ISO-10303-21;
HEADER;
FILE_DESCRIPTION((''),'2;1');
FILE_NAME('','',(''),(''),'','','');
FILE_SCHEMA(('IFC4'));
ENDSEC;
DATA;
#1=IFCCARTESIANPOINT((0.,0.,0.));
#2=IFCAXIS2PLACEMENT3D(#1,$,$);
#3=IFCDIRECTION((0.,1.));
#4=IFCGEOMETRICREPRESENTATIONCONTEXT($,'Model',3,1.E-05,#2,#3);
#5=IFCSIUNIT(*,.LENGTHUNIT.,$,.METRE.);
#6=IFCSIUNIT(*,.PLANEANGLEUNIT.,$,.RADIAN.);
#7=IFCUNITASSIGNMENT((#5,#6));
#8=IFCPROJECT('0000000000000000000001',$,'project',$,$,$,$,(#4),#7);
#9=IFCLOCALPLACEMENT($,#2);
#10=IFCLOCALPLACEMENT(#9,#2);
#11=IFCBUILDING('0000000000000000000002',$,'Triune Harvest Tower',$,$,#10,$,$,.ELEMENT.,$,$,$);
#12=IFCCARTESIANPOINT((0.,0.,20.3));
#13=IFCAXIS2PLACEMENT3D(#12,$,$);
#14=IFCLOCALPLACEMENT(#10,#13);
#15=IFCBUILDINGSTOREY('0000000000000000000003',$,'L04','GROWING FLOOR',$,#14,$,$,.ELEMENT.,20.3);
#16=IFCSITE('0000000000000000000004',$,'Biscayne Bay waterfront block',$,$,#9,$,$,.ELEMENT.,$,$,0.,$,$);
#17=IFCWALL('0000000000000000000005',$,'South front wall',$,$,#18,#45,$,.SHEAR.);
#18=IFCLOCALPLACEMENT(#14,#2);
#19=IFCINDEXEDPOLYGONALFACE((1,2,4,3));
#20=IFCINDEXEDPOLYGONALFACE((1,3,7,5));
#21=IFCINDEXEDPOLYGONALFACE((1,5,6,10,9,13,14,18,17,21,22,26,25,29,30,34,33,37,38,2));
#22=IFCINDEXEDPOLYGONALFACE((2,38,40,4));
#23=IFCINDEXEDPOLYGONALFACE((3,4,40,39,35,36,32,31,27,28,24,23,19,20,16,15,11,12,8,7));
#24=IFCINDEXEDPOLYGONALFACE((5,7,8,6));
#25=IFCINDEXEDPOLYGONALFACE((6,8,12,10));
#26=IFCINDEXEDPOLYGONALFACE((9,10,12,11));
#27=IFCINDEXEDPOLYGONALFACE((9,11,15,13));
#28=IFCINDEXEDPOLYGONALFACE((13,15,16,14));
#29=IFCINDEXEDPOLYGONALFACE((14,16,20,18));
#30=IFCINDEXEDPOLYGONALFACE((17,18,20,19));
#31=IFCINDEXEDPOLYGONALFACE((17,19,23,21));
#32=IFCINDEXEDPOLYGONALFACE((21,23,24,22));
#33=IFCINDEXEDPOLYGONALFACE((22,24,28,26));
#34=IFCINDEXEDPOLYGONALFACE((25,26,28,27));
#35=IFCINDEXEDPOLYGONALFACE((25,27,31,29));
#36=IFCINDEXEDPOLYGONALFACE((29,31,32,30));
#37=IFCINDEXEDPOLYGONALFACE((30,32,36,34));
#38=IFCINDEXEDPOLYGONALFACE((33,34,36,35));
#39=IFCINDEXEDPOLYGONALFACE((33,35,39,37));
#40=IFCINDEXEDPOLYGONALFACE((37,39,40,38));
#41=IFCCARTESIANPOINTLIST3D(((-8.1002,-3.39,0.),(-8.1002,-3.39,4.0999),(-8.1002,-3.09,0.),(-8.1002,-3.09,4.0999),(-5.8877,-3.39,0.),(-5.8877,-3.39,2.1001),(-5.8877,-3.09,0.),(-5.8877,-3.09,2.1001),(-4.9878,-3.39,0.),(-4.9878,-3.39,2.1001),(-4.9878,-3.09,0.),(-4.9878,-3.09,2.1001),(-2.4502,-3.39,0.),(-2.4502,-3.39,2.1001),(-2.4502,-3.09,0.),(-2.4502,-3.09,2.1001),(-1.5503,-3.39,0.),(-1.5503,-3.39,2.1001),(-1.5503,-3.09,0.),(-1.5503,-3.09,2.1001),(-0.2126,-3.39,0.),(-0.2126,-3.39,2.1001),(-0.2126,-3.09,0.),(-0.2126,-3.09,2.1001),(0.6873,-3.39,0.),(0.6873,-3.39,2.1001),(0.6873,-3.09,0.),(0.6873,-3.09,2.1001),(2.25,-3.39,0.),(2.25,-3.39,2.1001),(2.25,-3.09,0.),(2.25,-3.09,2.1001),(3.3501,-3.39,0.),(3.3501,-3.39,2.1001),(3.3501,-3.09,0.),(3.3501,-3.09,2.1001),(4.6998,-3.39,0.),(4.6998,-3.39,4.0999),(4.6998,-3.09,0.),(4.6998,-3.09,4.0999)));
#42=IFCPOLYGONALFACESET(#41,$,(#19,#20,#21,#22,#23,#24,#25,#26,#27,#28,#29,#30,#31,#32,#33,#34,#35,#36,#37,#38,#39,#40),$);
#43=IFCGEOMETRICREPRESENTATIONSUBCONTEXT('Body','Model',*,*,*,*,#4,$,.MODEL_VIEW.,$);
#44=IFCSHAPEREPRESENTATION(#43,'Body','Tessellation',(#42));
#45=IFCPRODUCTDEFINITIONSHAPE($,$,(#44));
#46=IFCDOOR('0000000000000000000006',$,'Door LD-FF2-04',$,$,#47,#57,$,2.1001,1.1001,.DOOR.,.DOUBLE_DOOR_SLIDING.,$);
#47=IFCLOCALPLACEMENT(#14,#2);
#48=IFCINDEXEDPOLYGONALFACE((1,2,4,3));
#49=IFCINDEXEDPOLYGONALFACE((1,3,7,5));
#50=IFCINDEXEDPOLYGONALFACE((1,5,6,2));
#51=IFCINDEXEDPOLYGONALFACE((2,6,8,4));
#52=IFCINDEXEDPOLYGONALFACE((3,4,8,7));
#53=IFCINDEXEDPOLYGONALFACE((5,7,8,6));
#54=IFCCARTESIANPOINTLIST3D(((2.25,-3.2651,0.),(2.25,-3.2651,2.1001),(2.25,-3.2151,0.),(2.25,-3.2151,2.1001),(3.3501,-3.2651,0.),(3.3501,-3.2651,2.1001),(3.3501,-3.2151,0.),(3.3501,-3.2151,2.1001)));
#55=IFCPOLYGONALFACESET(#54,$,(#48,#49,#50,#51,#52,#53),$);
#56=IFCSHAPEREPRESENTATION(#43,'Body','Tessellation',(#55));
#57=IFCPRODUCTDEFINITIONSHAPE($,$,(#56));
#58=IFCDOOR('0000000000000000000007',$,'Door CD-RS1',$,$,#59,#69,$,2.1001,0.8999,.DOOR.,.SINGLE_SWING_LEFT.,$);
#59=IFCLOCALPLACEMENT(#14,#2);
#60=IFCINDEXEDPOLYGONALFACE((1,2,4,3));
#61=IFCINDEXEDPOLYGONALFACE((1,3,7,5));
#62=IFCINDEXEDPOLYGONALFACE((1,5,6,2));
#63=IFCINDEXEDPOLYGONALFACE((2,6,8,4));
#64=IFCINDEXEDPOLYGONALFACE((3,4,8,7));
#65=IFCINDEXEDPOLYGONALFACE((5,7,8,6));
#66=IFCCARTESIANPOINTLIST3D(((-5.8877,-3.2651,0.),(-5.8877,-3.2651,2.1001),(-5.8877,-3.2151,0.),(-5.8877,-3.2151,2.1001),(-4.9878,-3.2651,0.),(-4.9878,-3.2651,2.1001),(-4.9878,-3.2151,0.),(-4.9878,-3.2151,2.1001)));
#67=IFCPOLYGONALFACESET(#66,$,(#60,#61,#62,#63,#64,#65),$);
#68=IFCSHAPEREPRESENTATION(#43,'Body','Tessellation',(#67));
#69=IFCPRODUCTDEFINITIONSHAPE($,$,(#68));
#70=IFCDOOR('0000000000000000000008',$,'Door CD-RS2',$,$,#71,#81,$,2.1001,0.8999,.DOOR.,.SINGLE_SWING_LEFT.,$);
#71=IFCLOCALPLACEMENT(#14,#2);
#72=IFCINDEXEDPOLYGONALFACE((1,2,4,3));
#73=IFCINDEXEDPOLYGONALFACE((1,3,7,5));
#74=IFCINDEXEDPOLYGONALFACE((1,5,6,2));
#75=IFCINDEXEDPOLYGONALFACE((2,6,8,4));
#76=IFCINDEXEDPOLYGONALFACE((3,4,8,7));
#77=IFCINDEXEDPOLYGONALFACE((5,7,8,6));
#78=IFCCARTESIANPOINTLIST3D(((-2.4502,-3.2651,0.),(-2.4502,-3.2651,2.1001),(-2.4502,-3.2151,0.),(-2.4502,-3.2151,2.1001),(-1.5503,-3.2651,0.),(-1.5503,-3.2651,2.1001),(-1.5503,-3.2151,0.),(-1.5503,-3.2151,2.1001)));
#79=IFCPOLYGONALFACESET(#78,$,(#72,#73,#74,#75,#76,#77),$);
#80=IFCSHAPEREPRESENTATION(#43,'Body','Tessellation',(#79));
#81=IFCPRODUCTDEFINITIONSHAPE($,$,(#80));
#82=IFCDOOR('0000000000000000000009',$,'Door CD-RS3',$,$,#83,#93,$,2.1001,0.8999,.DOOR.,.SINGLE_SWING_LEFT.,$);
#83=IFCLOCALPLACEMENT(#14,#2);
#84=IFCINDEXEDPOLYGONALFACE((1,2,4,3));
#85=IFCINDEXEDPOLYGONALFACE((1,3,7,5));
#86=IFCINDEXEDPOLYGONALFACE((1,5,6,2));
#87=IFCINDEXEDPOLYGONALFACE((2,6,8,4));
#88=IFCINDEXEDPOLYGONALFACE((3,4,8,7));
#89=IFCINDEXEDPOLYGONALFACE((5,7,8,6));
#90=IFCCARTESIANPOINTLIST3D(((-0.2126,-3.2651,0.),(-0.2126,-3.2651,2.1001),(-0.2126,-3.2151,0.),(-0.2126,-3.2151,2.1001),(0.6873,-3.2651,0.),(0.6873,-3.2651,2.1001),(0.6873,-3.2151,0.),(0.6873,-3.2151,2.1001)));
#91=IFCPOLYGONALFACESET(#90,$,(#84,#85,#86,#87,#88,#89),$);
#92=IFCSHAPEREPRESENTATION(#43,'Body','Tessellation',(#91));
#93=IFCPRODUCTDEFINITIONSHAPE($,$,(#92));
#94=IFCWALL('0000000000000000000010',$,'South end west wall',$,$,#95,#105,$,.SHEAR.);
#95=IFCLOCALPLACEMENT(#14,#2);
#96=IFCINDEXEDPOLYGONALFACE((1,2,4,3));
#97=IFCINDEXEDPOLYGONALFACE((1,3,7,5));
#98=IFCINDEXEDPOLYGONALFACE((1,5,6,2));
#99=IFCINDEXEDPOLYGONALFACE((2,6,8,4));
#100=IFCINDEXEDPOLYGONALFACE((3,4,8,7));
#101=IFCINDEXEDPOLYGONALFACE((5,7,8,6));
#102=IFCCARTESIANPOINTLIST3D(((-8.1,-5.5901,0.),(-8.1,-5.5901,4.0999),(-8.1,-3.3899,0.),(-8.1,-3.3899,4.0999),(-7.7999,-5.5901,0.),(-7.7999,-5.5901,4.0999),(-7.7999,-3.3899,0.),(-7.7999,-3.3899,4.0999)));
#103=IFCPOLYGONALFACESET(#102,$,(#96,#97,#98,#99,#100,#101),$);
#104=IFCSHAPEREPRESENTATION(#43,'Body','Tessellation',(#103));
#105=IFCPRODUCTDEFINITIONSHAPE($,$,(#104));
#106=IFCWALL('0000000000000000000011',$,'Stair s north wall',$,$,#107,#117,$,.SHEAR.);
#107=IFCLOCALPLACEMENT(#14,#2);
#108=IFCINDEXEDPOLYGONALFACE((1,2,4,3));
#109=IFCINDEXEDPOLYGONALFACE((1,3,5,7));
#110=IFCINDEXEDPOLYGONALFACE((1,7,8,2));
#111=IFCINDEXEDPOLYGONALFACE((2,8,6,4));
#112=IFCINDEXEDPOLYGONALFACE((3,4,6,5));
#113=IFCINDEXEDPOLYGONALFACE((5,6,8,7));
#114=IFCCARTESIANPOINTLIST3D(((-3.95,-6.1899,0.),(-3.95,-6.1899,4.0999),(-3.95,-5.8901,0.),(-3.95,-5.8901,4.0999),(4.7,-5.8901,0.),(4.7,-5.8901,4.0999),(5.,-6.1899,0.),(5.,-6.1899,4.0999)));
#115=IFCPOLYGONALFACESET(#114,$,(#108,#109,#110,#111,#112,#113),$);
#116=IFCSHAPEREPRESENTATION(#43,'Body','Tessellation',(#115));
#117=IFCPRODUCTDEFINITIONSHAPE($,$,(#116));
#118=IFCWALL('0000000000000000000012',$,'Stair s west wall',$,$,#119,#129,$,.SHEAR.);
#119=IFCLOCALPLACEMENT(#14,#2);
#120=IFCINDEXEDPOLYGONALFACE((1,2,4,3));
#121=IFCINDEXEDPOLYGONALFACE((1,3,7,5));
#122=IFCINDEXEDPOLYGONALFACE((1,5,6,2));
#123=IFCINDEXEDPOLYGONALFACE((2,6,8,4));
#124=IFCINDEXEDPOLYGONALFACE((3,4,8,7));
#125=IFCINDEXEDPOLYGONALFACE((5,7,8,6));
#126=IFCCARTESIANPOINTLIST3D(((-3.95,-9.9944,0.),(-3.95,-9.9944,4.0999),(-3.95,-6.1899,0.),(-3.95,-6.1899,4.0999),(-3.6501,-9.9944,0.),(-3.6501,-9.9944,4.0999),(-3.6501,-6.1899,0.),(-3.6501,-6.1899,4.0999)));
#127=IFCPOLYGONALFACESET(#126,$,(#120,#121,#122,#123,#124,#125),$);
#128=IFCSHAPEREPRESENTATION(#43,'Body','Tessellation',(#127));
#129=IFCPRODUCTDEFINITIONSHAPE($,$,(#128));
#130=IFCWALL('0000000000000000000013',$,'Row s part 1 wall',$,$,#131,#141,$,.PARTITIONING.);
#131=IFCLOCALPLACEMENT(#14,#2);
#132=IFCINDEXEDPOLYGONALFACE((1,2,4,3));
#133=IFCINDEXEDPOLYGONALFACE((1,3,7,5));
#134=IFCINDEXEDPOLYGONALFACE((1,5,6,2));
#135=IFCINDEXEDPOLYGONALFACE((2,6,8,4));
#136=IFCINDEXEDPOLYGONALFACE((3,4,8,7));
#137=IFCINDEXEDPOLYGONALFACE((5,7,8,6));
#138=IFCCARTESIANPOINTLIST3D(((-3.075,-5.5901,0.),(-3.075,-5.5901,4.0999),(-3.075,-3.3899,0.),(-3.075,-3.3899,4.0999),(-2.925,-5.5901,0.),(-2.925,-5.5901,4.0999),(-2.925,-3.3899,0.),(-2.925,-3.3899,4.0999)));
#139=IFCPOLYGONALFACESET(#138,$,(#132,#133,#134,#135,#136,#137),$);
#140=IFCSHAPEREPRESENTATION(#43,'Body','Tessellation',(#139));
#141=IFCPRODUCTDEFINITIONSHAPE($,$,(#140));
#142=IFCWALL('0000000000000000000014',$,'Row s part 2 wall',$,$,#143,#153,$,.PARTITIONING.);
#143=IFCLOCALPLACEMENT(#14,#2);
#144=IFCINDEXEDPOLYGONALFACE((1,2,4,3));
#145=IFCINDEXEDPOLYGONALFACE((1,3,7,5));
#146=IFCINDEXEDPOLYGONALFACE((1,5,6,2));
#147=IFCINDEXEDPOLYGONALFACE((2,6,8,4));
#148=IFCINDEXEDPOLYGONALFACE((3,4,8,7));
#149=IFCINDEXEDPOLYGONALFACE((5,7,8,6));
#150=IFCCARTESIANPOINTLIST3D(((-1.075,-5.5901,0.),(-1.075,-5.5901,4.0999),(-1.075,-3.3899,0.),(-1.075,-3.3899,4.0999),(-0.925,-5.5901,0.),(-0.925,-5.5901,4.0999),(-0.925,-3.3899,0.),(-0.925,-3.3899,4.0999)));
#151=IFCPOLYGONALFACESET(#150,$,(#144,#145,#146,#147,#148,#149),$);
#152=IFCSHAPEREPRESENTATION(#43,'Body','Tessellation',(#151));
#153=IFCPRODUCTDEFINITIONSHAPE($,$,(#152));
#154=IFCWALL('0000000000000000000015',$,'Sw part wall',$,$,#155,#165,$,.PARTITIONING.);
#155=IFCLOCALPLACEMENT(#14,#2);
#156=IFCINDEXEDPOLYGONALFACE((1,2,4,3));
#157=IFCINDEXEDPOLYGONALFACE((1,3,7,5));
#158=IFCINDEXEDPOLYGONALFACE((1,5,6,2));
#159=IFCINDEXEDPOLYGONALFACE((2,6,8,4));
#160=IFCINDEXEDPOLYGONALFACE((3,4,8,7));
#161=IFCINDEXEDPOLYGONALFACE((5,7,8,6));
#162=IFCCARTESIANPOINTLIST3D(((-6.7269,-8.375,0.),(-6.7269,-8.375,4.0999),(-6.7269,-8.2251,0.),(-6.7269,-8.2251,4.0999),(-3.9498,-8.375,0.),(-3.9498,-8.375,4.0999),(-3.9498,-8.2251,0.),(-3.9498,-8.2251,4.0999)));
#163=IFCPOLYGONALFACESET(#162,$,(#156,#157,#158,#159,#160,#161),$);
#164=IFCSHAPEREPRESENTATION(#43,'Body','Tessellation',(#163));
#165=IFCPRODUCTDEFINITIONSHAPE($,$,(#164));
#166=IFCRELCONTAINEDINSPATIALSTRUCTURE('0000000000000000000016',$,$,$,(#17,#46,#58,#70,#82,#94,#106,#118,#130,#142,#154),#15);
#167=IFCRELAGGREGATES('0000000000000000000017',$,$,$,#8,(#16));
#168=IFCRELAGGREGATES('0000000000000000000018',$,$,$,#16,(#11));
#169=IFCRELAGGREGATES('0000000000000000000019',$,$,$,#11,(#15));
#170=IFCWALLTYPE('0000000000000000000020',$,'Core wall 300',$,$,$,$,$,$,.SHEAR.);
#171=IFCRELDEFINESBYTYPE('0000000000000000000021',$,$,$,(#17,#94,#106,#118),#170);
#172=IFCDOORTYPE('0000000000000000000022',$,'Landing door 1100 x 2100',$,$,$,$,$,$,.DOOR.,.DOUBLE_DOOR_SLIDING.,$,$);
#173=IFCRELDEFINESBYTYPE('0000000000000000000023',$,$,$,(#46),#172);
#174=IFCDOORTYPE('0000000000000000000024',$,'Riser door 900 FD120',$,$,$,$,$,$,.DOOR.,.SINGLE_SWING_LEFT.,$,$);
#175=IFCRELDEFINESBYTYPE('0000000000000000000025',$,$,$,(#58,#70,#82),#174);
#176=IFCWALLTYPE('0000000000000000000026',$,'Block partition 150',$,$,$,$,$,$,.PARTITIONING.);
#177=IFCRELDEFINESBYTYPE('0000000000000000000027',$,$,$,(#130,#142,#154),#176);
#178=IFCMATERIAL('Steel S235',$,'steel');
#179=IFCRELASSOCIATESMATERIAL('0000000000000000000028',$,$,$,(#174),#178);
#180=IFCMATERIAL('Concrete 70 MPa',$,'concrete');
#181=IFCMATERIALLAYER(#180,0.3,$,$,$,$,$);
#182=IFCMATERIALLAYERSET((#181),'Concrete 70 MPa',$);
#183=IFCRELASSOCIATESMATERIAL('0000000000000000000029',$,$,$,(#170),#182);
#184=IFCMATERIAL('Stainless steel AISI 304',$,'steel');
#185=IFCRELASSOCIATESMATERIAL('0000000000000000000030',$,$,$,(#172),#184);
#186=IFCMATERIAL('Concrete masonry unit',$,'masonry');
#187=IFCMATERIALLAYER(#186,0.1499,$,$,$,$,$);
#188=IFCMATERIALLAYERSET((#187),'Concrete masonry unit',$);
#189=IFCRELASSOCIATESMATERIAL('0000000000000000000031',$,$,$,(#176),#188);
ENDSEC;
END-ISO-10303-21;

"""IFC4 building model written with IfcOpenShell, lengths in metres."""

from ifc_helpers import new_model, si_unit, direction, frame, frame_2d, origin, place, context, subcontext, project, spatial, polyline, rectangle, outline, extrude, source, transform, mapped, material, layer, layer_set, type_object, element, fill, save


model = new_model("IFC4")

# Units and contexts
model_context = context("Model", 3, precision=1e-05, world=origin(), true_north=direction((0.0, 1.0)))
body_context = subcontext(model_context, "Body", "Model", "MODEL_VIEW")
ifc_project = project(units=[si_unit("LENGTHUNIT", "METRE"), si_unit("PLANEANGLEUNIT", "RADIAN")], contexts=[model_context])

# Site, building, storey
site_placement = place(None, origin())
site = spatial("IfcSite", under=ifc_project, at=site_placement, Name="Biscayne Bay waterfront block", CompositionType="ELEMENT", RefElevation=0.0)
building_placement = place(site_placement, origin())
building = spatial("IfcBuilding", under=site, at=building_placement, Name="Triune Harvest Tower", CompositionType="ELEMENT")
storey_placement = place(building_placement, frame((0.0, 0.0, 20.3)))
storey = spatial("IfcBuildingStorey", under=building, at=storey_placement, Name="L04", Description="GROWING FLOOR", CompositionType="ELEMENT", Elevation=20.3)

# Wall, openings, doors
ifc_material_1 = material(Name="Steel S235", Category="steel")
door_type_1 = type_object("IfcDoorType", Name="Riser door 900 FD120", OperationType="SINGLE_SWING_LEFT", PredefinedType="DOOR", material=ifc_material_1)
ifc_material_2 = material(Name="Concrete 70 MPa", Category="concrete")
ifc_layer_1 = layer(ifc_material_2, 0.3)
ifc_layer_set_1 = layer_set([ifc_layer_1], Name="Concrete 70 MPa")
wall_type_1 = type_object("IfcWallType", Name="Core wall 300", PredefinedType="SHEAR", material=ifc_layer_set_1)
shared_shape_1 = source(origin(), body_context, "Body", "SweptSolid", [
    extrude(rectangle(XDim=12.8, YDim=0.3, at=frame_2d((6.3999, 0.0))), origin(), (0.0, 0.0, 1.0), 4.0999),
])
wall_1_placement = place(storey_placement, frame((-8.1001, -3.24, 0.0), z_axis=(0.0, 0.0, 1.0), x_axis=(1.0, 0.0, 0.0)))
wall_1 = element("IfcWall", 1, at=wall_1_placement, inside=storey, type_object=wall_type_1, Name="South front wall", PredefinedType="SHEAR", context=body_context, shape_type="MappedRepresentation", body=[
    mapped(shared_shape_1, transform((0.0, 0.0, 0.0), scale=1.0)),
])
opening_1_placement = place(wall_1_placement, frame((2.2124, 0.0, 0.0)))
opening_1 = element("IfcOpeningElement", 2, at=opening_1_placement, cuts=wall_1, PredefinedType="OPENING", context=body_context, shape_type="SweptSolid", body=[
    extrude(rectangle(XDim=0.8999, YDim=2.1001, at=frame_2d((0.45, 1.05))), frame((0.0, 0.1602, 0.0), z_axis=(0.0, -1.0, 0.0), x_axis=(1.0, 0.0, 0.0)), (0.0, 0.0, 1.0), 0.3201),
])
opening_2_placement = place(wall_1_placement, frame((5.6499, 0.0, 0.0)))
opening_2 = element("IfcOpeningElement", 3, at=opening_2_placement, cuts=wall_1, PredefinedType="OPENING", context=body_context, shape_type="SweptSolid", body=[
    extrude(rectangle(XDim=0.8999, YDim=2.1001, at=frame_2d((0.45, 1.05))), frame((0.0, 0.1602, 0.0), z_axis=(0.0, -1.0, 0.0), x_axis=(1.0, 0.0, 0.0)), (0.0, 0.0, 1.0), 0.3201),
])
opening_3_placement = place(wall_1_placement, frame((7.8875, 0.0, 0.0)))
opening_3 = element("IfcOpeningElement", 4, at=opening_3_placement, cuts=wall_1, PredefinedType="OPENING", context=body_context, shape_type="SweptSolid", body=[
    extrude(rectangle(XDim=0.8999, YDim=2.1001, at=frame_2d((0.45, 1.05))), frame((0.0, 0.1602, 0.0), z_axis=(0.0, -1.0, 0.0), x_axis=(1.0, 0.0, 0.0)), (0.0, 0.0, 1.0), 0.3201),
])
opening_4_placement = place(wall_1_placement, frame((10.3501, 0.0, 0.0)))
opening_4 = element("IfcOpeningElement", 5, at=opening_4_placement, cuts=wall_1, PredefinedType="OPENING", context=body_context, shape_type="SweptSolid", body=[
    extrude(rectangle(XDim=1.1001, YDim=2.1001, at=frame_2d((0.55, 1.05))), frame((0.0, 0.1602, 0.0), z_axis=(0.0, -1.0, 0.0), x_axis=(1.0, 0.0, 0.0)), (0.0, 0.0, 1.0), 0.3201),
])
ifc_material_3 = material(Name="Stainless steel AISI 304", Category="steel")
door_type_2 = type_object("IfcDoorType", Name="Landing door 1100 x 2100", OperationType="DOUBLE_DOOR_SLIDING", PredefinedType="DOOR", material=ifc_material_3)
door_1_placement = place(opening_4_placement, origin())
door_1 = element("IfcDoor", 6, at=door_1_placement, inside=storey, type_object=door_type_2, Name="Door LD-FF2-04", OperationType="DOUBLE_DOOR_SLIDING", OverallHeight=2.1001, OverallWidth=1.1001, PredefinedType="DOOR", context=body_context, shape_type="SweptSolid", body=[
    extrude(rectangle(XDim=1.1001, YDim=2.1001, at=frame_2d((0.55, 1.05))), frame((0.0, 0.0249, 0.0), z_axis=(0.0, -1.0, 0.0), x_axis=(1.0, 0.0, 0.0)), (0.0, 0.0, 1.0), 0.05),
])
fill(opening_4, door_1)
door_2_placement = place(opening_1_placement, origin())
door_2 = element("IfcDoor", 7, at=door_2_placement, inside=storey, type_object=door_type_1, Name="Door CD-RS1", OperationType="SINGLE_SWING_LEFT", OverallHeight=2.1001, OverallWidth=0.8999, PredefinedType="DOOR", context=body_context, shape_type="SweptSolid", body=[
    extrude(rectangle(XDim=0.8999, YDim=2.1001, at=frame_2d((0.45, 1.05))), frame((0.0, 0.0249, 0.0), z_axis=(0.0, -1.0, 0.0), x_axis=(1.0, 0.0, 0.0)), (0.0, 0.0, 1.0), 0.05),
])
fill(opening_1, door_2)
door_3_placement = place(opening_2_placement, origin())
door_3 = element("IfcDoor", 8, at=door_3_placement, inside=storey, type_object=door_type_1, Name="Door CD-RS2", OperationType="SINGLE_SWING_LEFT", OverallHeight=2.1001, OverallWidth=0.8999, PredefinedType="DOOR", context=body_context, shape_type="SweptSolid", body=[
    extrude(rectangle(XDim=0.8999, YDim=2.1001, at=frame_2d((0.45, 1.05))), frame((0.0, 0.0249, 0.0), z_axis=(0.0, -1.0, 0.0), x_axis=(1.0, 0.0, 0.0)), (0.0, 0.0, 1.0), 0.05),
])
fill(opening_2, door_3)
door_4_placement = place(opening_3_placement, origin())
door_4 = element("IfcDoor", 9, at=door_4_placement, inside=storey, type_object=door_type_1, Name="Door CD-RS3", OperationType="SINGLE_SWING_LEFT", OverallHeight=2.1001, OverallWidth=0.8999, PredefinedType="DOOR", context=body_context, shape_type="SweptSolid", body=[
    extrude(rectangle(XDim=0.8999, YDim=2.1001, at=frame_2d((0.45, 1.05))), frame((0.0, 0.0249, 0.0), z_axis=(0.0, -1.0, 0.0), x_axis=(1.0, 0.0, 0.0)), (0.0, 0.0, 1.0), 0.05),
])
fill(opening_3, door_4)

# Walls
shared_shape_2 = source(origin(), body_context, "Body", "SweptSolid", [
    extrude(rectangle(XDim=2.2002, YDim=0.3, at=frame_2d((1.1001, 0.0))), origin(), (0.0, 0.0, 1.0), 4.0999),
])
wall_2_placement = place(storey_placement, frame((-7.95, -5.5901, 0.0), z_axis=(0.0, 0.0, 1.0), x_axis=(0.0, 1.0, 0.0)))
element("IfcWall", 10, at=wall_2_placement, inside=storey, type_object=wall_type_1, Name="South end west wall", PredefinedType="SHEAR", context=body_context, shape_type="MappedRepresentation", body=[
    mapped(shared_shape_2, transform((0.0, 0.0, 0.0), scale=1.0)),
])
shared_shape_3 = source(origin(), body_context, "Body", "SweptSolid", [
    extrude(outline(polyline([(0.0, -0.1499), (8.95, -0.1499), (8.6499, 0.1499), (0.0, 0.1499), (0.0, -0.1499)])), origin(), (0.0, 0.0, 1.0), 4.0999),
])
wall_3_placement = place(storey_placement, frame((-3.95, -6.04, 0.0), z_axis=(0.0, 0.0, 1.0), x_axis=(1.0, 0.0, 0.0)))
element("IfcWall", 11, at=wall_3_placement, inside=storey, type_object=wall_type_1, Name="Stair s north wall", PredefinedType="SHEAR", context=body_context, shape_type="MappedRepresentation", body=[
    mapped(shared_shape_3, transform((0.0, 0.0, 0.0), scale=1.0)),
])
shared_shape_4 = source(origin(), body_context, "Body", "SweptSolid", [
    extrude(outline(polyline([(3.8, -0.1499), (-0.0044, -0.1499), (-0.0044, 0.1499), (3.8, 0.1499), (3.8, -0.1499)])), origin(), (0.0, 0.0, 1.0), 4.0999),
])
wall_4_placement = place(storey_placement, frame((-3.8, -9.99, 0.0), z_axis=(0.0, 0.0, 1.0), x_axis=(0.0, 1.0, 0.0)))
element("IfcWall", 12, at=wall_4_placement, inside=storey, type_object=wall_type_1, Name="Stair s west wall", PredefinedType="SHEAR", context=body_context, shape_type="MappedRepresentation", body=[
    mapped(shared_shape_4, transform((0.0, 0.0, 0.0), scale=1.0)),
])
ifc_material_4 = material(Name="Concrete masonry unit", Category="masonry")
ifc_layer_2 = layer(ifc_material_4, 0.1499)
ifc_layer_set_2 = layer_set([ifc_layer_2], Name="Concrete masonry unit")
wall_type_2 = type_object("IfcWallType", Name="Block partition 150", PredefinedType="PARTITIONING", material=ifc_layer_set_2)
shared_shape_5 = source(origin(), body_context, "Body", "SweptSolid", [
    extrude(rectangle(XDim=2.2002, YDim=0.1499, at=frame_2d((1.1001, 0.0))), origin(), (0.0, 0.0, 1.0), 4.0999),
])
for number, where, z_axis, x_axis, name in (
    (13, (-3.0, -5.5901, 0.0), (0.0, 0.0, 1.0), (0.0, 1.0, 0.0), "Row s part 1 wall"),
    (14, (-1.0, -5.5901, 0.0), (0.0, 0.0, 1.0), (0.0, 1.0, 0.0), "Row s part 2 wall"),
):
    element("IfcWall", number, at=place(storey_placement, frame(where, z_axis=z_axis, x_axis=x_axis)), inside=storey, type_object=wall_type_2, Name=name, PredefinedType="PARTITIONING", context=body_context, shape_type="MappedRepresentation", body=[
        mapped(shared_shape_5, transform((0.0, 0.0, 0.0), scale=1.0)),
    ])
shared_shape_6 = source(origin(), body_context, "Body", "SweptSolid", [
    extrude(rectangle(XDim=2.7771, YDim=0.1499, at=frame_2d((1.3887, 0.0))), origin(), (0.0, 0.0, 1.0), 4.0999),
])
wall_5_placement = place(storey_placement, frame((-6.7271, -8.3, 0.0), z_axis=(0.0, 0.0, 1.0), x_axis=(1.0, 0.0, 0.0)))
element("IfcWall", 15, at=wall_5_placement, inside=storey, type_object=wall_type_2, Name="Sw part wall", PredefinedType="PARTITIONING", context=body_context, shape_type="MappedRepresentation", body=[
    mapped(shared_shape_6, transform((0.0, 0.0, 0.0), scale=1.0)),
])

save(model, "model.ifc")
